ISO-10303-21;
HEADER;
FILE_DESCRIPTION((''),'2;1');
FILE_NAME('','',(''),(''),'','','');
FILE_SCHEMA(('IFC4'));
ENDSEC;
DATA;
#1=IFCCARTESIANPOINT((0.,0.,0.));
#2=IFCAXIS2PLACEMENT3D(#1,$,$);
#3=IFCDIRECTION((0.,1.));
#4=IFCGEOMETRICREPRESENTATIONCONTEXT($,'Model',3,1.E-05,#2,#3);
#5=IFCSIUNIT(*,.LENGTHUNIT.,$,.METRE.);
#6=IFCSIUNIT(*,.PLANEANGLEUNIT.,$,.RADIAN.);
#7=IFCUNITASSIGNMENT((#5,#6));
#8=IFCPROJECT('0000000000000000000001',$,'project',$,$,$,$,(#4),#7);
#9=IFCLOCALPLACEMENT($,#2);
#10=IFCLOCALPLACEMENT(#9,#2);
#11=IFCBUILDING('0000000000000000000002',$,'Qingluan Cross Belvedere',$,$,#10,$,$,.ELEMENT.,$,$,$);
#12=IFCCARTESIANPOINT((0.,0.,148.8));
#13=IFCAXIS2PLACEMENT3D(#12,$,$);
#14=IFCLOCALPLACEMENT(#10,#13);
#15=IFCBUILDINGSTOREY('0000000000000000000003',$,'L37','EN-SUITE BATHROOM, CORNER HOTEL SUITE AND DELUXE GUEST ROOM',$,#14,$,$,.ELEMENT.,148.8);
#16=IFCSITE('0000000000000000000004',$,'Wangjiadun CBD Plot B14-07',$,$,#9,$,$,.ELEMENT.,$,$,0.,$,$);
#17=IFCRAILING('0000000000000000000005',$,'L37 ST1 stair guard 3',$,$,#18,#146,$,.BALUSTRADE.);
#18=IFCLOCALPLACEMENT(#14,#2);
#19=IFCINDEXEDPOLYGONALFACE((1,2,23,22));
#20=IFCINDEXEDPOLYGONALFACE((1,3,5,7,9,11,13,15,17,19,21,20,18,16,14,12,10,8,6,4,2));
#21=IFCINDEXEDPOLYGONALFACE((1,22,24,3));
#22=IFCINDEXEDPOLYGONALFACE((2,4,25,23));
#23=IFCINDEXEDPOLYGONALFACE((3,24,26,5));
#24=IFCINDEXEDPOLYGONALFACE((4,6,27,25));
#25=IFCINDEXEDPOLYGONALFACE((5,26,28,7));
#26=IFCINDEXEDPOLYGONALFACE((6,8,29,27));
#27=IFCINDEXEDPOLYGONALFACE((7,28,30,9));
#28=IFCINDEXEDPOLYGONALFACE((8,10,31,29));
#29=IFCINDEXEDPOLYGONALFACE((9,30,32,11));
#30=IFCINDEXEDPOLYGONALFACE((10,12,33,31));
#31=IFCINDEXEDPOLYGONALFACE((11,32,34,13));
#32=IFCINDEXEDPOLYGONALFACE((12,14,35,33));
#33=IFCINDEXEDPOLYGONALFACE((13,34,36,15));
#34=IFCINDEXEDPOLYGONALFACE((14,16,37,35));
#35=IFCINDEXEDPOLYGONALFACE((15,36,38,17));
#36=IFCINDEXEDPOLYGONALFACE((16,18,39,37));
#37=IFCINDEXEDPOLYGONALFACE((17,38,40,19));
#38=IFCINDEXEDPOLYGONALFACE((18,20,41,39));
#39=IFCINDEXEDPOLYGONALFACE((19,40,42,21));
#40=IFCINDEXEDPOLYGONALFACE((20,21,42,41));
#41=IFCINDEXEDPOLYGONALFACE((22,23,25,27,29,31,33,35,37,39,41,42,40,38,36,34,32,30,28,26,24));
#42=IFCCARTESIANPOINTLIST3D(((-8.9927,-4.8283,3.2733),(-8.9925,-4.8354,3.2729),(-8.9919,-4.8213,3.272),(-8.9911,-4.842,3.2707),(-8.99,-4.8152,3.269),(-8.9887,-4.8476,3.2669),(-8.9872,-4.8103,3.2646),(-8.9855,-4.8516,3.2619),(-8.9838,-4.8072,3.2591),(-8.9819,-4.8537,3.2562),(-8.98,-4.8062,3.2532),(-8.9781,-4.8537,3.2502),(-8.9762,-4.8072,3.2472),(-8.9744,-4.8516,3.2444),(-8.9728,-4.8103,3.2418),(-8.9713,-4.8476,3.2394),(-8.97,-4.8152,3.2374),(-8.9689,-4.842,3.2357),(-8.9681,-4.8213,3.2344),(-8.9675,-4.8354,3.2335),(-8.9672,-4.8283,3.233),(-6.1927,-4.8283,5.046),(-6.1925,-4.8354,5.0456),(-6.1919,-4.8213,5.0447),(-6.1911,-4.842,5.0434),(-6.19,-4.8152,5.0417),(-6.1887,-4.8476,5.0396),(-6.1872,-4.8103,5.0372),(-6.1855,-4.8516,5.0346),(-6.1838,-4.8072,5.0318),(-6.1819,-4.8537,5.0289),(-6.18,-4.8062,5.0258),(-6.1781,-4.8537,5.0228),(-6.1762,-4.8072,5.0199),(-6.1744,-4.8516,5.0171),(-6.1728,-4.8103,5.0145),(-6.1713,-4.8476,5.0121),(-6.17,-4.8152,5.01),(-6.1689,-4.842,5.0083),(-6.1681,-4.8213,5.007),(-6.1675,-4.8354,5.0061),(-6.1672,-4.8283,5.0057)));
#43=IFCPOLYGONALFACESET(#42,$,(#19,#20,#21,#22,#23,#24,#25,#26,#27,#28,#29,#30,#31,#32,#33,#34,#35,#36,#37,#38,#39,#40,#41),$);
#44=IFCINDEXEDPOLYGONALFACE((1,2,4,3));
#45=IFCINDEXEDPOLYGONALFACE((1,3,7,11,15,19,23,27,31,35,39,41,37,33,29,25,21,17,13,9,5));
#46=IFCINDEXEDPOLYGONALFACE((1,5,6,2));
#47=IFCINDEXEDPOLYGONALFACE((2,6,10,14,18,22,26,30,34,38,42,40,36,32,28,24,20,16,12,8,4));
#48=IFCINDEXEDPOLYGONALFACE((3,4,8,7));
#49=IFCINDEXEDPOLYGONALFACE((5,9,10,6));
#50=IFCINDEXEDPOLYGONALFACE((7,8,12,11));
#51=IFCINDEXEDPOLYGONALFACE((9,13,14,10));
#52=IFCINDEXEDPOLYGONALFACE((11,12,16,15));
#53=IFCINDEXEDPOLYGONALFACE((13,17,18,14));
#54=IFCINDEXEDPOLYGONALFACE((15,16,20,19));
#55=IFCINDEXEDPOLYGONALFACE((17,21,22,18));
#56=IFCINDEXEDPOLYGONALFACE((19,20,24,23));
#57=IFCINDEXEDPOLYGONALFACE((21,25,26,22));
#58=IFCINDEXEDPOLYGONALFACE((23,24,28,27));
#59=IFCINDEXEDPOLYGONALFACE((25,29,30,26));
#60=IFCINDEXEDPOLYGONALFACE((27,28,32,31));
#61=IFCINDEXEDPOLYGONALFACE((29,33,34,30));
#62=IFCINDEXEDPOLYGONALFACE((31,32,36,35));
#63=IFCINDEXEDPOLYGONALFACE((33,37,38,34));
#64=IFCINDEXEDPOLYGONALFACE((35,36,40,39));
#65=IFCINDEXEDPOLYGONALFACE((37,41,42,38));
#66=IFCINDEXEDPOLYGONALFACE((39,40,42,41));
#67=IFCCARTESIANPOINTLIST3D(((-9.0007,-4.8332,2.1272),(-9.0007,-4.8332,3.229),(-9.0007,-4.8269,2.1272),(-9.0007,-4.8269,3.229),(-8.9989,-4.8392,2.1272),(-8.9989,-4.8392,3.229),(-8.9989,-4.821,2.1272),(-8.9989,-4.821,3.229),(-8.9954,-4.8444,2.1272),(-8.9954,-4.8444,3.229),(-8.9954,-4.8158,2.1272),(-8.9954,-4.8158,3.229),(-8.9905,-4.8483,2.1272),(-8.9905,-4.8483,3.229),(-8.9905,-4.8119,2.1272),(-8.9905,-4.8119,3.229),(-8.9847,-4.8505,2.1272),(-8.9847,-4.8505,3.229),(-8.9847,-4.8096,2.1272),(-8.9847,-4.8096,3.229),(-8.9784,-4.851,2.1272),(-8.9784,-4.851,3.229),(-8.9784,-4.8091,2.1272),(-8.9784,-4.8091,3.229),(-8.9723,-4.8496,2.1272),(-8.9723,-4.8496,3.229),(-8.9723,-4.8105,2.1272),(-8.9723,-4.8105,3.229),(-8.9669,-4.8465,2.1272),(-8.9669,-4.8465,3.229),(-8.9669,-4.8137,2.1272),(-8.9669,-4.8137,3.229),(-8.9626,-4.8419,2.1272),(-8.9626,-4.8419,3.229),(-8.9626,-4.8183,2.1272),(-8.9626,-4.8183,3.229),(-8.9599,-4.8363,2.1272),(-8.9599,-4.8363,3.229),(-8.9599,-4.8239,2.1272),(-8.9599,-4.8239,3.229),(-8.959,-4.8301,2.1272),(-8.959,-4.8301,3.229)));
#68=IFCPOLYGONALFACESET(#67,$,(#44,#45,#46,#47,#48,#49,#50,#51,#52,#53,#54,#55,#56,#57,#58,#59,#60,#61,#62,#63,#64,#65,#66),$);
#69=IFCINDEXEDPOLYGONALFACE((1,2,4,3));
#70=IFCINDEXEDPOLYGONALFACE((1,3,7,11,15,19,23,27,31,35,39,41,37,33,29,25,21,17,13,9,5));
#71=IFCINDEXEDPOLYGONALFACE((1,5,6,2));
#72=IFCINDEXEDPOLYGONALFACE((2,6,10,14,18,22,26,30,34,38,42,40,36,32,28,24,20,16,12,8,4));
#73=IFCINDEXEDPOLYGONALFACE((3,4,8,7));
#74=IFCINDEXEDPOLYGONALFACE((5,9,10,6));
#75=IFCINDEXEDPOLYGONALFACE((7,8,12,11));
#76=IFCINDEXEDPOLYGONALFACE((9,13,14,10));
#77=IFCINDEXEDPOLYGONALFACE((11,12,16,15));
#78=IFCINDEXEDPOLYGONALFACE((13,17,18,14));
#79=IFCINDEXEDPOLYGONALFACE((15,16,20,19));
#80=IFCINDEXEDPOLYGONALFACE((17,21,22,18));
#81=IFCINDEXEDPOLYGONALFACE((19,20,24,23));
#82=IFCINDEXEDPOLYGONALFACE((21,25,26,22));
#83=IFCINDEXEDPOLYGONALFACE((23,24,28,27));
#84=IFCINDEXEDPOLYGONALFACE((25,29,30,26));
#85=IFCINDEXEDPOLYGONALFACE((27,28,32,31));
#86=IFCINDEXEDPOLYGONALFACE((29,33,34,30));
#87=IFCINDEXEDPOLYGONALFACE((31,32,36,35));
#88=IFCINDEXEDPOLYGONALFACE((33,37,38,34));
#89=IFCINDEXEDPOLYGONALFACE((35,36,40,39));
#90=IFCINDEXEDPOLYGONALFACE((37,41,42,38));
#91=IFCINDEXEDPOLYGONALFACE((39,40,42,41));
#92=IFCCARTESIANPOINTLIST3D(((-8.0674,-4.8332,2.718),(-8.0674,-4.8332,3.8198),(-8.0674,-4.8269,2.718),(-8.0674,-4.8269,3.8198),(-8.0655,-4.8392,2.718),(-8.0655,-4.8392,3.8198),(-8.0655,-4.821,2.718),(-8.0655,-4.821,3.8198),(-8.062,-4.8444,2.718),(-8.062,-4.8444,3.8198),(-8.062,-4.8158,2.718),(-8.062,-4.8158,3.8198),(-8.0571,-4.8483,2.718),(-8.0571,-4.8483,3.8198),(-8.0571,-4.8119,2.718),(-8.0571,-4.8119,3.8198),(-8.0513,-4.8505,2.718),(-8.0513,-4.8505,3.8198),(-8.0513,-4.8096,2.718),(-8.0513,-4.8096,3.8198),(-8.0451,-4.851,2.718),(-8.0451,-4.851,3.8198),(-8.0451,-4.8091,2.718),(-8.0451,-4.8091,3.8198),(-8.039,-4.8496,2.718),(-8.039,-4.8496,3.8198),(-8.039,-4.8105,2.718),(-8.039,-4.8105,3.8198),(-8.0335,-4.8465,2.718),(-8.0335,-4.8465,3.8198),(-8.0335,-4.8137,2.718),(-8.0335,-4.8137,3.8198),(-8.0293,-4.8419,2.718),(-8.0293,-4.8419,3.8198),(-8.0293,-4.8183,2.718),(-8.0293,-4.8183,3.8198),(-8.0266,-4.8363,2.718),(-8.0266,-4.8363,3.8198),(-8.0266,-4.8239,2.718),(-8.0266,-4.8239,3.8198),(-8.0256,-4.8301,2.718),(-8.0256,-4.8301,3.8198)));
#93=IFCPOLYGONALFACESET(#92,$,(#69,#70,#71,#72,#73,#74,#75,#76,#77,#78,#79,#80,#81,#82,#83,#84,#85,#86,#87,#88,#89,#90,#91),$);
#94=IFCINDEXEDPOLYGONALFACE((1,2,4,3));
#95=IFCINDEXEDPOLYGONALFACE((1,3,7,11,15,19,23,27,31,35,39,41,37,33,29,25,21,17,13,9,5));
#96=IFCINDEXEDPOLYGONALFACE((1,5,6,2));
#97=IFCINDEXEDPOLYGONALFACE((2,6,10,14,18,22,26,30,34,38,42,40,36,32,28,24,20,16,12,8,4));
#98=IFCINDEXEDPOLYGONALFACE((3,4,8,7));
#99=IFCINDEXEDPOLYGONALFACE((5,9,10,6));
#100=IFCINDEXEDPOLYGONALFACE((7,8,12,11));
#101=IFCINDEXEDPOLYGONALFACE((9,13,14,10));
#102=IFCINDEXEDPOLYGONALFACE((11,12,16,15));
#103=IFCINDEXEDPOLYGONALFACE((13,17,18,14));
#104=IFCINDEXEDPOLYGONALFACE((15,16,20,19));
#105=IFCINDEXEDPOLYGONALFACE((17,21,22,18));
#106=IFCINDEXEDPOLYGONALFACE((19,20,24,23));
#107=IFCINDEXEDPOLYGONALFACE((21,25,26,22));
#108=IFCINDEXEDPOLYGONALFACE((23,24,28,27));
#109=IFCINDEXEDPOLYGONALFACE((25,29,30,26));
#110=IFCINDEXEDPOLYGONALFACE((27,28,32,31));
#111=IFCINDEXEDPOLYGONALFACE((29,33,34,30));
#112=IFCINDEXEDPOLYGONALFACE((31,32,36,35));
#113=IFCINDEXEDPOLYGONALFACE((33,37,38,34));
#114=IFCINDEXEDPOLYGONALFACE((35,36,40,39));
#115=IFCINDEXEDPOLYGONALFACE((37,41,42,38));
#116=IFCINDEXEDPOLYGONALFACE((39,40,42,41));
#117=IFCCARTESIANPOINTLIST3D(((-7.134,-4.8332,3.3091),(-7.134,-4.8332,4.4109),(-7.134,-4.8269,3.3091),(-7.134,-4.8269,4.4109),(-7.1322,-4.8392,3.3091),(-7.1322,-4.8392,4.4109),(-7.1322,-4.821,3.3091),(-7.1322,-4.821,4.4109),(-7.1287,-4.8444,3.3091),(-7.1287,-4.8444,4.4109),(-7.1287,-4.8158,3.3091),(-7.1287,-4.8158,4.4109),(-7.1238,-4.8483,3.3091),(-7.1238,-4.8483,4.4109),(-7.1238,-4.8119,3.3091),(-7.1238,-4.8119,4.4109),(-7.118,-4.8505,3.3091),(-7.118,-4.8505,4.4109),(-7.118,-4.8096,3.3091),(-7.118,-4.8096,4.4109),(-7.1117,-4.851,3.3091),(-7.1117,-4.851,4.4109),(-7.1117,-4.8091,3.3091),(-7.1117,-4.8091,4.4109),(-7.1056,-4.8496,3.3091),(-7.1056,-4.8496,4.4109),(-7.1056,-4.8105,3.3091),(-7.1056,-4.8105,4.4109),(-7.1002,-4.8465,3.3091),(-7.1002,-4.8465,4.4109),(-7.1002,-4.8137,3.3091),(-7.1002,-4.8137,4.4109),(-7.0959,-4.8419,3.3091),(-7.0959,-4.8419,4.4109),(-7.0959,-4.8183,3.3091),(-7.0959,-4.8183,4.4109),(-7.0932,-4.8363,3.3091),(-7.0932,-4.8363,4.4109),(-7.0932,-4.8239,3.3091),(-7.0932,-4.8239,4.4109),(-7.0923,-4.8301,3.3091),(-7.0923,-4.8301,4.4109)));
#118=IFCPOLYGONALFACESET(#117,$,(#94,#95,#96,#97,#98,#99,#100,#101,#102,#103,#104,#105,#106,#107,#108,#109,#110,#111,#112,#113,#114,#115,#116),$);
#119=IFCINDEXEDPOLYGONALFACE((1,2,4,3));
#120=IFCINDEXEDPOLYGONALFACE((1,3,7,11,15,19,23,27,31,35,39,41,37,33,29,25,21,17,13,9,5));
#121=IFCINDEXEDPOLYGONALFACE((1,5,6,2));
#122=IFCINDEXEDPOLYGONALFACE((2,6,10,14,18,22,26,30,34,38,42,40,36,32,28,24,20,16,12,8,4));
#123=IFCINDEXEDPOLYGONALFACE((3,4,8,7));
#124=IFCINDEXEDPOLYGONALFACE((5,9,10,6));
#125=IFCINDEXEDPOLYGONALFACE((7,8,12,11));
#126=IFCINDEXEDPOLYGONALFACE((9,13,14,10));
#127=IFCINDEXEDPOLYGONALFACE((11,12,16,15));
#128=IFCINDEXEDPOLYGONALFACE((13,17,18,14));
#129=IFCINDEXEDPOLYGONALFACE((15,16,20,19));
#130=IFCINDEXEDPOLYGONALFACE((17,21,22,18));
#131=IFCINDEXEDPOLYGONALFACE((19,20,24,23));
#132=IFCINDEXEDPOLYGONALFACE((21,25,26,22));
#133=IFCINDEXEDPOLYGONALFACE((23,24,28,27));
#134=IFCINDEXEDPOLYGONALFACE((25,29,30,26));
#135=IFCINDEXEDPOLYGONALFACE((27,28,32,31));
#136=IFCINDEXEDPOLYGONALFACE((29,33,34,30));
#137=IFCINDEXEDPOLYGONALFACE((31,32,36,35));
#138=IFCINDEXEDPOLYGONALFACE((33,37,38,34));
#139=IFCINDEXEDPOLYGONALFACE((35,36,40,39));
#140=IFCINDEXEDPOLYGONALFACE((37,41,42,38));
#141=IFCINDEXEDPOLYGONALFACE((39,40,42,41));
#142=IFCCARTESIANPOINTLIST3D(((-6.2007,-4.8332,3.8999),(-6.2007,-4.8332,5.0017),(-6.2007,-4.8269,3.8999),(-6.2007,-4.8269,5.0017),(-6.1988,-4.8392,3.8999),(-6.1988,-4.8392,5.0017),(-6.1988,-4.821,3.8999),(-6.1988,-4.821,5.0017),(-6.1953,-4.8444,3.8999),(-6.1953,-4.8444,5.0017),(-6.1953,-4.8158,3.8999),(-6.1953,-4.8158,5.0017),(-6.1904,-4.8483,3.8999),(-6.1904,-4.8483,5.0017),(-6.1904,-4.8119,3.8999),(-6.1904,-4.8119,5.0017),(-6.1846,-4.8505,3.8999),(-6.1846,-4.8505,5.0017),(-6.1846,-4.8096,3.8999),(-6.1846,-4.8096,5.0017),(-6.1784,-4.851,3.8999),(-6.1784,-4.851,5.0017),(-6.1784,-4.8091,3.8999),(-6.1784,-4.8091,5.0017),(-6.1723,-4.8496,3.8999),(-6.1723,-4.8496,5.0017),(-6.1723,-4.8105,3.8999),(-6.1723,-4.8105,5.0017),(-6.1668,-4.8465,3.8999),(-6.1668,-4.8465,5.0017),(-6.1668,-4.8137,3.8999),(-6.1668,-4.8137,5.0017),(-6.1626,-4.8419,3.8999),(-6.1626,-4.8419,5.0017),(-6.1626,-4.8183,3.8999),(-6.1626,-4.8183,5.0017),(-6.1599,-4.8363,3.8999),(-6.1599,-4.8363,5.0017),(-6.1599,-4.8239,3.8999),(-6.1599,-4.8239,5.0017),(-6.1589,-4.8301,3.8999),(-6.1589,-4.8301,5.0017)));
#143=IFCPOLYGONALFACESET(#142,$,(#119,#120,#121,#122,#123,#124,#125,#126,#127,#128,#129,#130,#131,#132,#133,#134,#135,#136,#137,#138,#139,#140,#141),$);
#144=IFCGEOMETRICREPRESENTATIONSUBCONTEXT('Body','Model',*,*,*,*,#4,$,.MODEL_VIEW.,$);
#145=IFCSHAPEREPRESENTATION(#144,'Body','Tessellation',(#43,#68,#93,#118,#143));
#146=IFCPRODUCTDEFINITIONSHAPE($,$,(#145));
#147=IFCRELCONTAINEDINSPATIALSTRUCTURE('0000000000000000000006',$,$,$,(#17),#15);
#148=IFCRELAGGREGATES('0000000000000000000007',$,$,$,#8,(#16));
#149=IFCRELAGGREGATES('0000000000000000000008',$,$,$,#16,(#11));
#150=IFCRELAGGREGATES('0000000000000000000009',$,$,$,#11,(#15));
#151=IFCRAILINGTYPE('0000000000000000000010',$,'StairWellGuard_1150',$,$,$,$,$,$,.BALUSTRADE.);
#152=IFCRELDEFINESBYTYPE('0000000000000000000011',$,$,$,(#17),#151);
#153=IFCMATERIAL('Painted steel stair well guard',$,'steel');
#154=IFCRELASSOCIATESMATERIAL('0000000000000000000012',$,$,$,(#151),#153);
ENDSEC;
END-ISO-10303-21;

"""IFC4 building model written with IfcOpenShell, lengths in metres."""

from ifc_helpers import new_model, si_unit, direction, frame, origin, origin_2d, place, context, subcontext, project, spatial, circle, extrude, material, type_object, element, save


model = new_model("IFC4")

# Units and contexts
model_context = context("Model", 3, precision=1e-05, world=origin(), true_north=direction((0.0, 1.0)))
body_context = subcontext(model_context, "Body", "Model", "MODEL_VIEW")
ifc_project = project(units=[si_unit("LENGTHUNIT", "METRE"), si_unit("PLANEANGLEUNIT", "RADIAN")], contexts=[model_context])

# Site, building, storey
site_placement = place(None, origin())
site = spatial("IfcSite", under=ifc_project, at=site_placement, Name="Wangjiadun CBD Plot B14-07", CompositionType="ELEMENT", RefElevation=0.0)
building_placement = place(site_placement, origin())
building = spatial("IfcBuilding", under=site, at=building_placement, Name="Qingluan Cross Belvedere", CompositionType="ELEMENT")
storey_placement = place(building_placement, frame((0.0, 0.0, 148.8)))
storey = spatial("IfcBuildingStorey", under=building, at=storey_placement, Name="L37", Description="EN-SUITE BATHROOM, CORNER HOTEL SUITE AND DELUXE GUEST ROOM", CompositionType="ELEMENT", Elevation=148.8)

# Railing
ifc_material_1 = material(Name="Painted steel stair well guard", Category="steel")
railing_type_1 = type_object("IfcRailingType", Name="StairWellGuard_1150", PredefinedType="BALUSTRADE", material=ifc_material_1)
railing_1_placement = place(storey_placement, frame((-8.98, -4.8301, 2.1272)))
element("IfcRailing", 1, at=railing_1_placement, inside=storey, type_object=railing_type_1, Name="L37 ST1 stair guard 3", PredefinedType="BALUSTRADE", context=body_context, shape_type="SweptSolid", body=[
    extrude(circle(Radius=0.0239, at=origin_2d()), frame((0.0, 0.0, 1.126), z_axis=(0.844909, 0.0, 0.53491), x_axis=(0.0, 1.0, 0.0)), (0.0, 0.0, 1.0), 3.314),
    extrude(circle(Radius=0.021, at=origin_2d()), origin(), (0.0, 0.0, 1.0), 1.1018),
    extrude(circle(Radius=0.021, at=origin_2d()), frame((0.9333, 0.0, 0.5908)), (0.0, 0.0, 1.0), 1.1018),
    extrude(circle(Radius=0.021, at=origin_2d()), frame((1.8667, 0.0, 1.1819)), (0.0, 0.0, 1.0), 1.1018),
    extrude(circle(Radius=0.021, at=origin_2d()), frame((2.8, 0.0, 1.7727)), (0.0, 0.0, 1.0), 1.1018),
])

save(model, "model.ifc")
